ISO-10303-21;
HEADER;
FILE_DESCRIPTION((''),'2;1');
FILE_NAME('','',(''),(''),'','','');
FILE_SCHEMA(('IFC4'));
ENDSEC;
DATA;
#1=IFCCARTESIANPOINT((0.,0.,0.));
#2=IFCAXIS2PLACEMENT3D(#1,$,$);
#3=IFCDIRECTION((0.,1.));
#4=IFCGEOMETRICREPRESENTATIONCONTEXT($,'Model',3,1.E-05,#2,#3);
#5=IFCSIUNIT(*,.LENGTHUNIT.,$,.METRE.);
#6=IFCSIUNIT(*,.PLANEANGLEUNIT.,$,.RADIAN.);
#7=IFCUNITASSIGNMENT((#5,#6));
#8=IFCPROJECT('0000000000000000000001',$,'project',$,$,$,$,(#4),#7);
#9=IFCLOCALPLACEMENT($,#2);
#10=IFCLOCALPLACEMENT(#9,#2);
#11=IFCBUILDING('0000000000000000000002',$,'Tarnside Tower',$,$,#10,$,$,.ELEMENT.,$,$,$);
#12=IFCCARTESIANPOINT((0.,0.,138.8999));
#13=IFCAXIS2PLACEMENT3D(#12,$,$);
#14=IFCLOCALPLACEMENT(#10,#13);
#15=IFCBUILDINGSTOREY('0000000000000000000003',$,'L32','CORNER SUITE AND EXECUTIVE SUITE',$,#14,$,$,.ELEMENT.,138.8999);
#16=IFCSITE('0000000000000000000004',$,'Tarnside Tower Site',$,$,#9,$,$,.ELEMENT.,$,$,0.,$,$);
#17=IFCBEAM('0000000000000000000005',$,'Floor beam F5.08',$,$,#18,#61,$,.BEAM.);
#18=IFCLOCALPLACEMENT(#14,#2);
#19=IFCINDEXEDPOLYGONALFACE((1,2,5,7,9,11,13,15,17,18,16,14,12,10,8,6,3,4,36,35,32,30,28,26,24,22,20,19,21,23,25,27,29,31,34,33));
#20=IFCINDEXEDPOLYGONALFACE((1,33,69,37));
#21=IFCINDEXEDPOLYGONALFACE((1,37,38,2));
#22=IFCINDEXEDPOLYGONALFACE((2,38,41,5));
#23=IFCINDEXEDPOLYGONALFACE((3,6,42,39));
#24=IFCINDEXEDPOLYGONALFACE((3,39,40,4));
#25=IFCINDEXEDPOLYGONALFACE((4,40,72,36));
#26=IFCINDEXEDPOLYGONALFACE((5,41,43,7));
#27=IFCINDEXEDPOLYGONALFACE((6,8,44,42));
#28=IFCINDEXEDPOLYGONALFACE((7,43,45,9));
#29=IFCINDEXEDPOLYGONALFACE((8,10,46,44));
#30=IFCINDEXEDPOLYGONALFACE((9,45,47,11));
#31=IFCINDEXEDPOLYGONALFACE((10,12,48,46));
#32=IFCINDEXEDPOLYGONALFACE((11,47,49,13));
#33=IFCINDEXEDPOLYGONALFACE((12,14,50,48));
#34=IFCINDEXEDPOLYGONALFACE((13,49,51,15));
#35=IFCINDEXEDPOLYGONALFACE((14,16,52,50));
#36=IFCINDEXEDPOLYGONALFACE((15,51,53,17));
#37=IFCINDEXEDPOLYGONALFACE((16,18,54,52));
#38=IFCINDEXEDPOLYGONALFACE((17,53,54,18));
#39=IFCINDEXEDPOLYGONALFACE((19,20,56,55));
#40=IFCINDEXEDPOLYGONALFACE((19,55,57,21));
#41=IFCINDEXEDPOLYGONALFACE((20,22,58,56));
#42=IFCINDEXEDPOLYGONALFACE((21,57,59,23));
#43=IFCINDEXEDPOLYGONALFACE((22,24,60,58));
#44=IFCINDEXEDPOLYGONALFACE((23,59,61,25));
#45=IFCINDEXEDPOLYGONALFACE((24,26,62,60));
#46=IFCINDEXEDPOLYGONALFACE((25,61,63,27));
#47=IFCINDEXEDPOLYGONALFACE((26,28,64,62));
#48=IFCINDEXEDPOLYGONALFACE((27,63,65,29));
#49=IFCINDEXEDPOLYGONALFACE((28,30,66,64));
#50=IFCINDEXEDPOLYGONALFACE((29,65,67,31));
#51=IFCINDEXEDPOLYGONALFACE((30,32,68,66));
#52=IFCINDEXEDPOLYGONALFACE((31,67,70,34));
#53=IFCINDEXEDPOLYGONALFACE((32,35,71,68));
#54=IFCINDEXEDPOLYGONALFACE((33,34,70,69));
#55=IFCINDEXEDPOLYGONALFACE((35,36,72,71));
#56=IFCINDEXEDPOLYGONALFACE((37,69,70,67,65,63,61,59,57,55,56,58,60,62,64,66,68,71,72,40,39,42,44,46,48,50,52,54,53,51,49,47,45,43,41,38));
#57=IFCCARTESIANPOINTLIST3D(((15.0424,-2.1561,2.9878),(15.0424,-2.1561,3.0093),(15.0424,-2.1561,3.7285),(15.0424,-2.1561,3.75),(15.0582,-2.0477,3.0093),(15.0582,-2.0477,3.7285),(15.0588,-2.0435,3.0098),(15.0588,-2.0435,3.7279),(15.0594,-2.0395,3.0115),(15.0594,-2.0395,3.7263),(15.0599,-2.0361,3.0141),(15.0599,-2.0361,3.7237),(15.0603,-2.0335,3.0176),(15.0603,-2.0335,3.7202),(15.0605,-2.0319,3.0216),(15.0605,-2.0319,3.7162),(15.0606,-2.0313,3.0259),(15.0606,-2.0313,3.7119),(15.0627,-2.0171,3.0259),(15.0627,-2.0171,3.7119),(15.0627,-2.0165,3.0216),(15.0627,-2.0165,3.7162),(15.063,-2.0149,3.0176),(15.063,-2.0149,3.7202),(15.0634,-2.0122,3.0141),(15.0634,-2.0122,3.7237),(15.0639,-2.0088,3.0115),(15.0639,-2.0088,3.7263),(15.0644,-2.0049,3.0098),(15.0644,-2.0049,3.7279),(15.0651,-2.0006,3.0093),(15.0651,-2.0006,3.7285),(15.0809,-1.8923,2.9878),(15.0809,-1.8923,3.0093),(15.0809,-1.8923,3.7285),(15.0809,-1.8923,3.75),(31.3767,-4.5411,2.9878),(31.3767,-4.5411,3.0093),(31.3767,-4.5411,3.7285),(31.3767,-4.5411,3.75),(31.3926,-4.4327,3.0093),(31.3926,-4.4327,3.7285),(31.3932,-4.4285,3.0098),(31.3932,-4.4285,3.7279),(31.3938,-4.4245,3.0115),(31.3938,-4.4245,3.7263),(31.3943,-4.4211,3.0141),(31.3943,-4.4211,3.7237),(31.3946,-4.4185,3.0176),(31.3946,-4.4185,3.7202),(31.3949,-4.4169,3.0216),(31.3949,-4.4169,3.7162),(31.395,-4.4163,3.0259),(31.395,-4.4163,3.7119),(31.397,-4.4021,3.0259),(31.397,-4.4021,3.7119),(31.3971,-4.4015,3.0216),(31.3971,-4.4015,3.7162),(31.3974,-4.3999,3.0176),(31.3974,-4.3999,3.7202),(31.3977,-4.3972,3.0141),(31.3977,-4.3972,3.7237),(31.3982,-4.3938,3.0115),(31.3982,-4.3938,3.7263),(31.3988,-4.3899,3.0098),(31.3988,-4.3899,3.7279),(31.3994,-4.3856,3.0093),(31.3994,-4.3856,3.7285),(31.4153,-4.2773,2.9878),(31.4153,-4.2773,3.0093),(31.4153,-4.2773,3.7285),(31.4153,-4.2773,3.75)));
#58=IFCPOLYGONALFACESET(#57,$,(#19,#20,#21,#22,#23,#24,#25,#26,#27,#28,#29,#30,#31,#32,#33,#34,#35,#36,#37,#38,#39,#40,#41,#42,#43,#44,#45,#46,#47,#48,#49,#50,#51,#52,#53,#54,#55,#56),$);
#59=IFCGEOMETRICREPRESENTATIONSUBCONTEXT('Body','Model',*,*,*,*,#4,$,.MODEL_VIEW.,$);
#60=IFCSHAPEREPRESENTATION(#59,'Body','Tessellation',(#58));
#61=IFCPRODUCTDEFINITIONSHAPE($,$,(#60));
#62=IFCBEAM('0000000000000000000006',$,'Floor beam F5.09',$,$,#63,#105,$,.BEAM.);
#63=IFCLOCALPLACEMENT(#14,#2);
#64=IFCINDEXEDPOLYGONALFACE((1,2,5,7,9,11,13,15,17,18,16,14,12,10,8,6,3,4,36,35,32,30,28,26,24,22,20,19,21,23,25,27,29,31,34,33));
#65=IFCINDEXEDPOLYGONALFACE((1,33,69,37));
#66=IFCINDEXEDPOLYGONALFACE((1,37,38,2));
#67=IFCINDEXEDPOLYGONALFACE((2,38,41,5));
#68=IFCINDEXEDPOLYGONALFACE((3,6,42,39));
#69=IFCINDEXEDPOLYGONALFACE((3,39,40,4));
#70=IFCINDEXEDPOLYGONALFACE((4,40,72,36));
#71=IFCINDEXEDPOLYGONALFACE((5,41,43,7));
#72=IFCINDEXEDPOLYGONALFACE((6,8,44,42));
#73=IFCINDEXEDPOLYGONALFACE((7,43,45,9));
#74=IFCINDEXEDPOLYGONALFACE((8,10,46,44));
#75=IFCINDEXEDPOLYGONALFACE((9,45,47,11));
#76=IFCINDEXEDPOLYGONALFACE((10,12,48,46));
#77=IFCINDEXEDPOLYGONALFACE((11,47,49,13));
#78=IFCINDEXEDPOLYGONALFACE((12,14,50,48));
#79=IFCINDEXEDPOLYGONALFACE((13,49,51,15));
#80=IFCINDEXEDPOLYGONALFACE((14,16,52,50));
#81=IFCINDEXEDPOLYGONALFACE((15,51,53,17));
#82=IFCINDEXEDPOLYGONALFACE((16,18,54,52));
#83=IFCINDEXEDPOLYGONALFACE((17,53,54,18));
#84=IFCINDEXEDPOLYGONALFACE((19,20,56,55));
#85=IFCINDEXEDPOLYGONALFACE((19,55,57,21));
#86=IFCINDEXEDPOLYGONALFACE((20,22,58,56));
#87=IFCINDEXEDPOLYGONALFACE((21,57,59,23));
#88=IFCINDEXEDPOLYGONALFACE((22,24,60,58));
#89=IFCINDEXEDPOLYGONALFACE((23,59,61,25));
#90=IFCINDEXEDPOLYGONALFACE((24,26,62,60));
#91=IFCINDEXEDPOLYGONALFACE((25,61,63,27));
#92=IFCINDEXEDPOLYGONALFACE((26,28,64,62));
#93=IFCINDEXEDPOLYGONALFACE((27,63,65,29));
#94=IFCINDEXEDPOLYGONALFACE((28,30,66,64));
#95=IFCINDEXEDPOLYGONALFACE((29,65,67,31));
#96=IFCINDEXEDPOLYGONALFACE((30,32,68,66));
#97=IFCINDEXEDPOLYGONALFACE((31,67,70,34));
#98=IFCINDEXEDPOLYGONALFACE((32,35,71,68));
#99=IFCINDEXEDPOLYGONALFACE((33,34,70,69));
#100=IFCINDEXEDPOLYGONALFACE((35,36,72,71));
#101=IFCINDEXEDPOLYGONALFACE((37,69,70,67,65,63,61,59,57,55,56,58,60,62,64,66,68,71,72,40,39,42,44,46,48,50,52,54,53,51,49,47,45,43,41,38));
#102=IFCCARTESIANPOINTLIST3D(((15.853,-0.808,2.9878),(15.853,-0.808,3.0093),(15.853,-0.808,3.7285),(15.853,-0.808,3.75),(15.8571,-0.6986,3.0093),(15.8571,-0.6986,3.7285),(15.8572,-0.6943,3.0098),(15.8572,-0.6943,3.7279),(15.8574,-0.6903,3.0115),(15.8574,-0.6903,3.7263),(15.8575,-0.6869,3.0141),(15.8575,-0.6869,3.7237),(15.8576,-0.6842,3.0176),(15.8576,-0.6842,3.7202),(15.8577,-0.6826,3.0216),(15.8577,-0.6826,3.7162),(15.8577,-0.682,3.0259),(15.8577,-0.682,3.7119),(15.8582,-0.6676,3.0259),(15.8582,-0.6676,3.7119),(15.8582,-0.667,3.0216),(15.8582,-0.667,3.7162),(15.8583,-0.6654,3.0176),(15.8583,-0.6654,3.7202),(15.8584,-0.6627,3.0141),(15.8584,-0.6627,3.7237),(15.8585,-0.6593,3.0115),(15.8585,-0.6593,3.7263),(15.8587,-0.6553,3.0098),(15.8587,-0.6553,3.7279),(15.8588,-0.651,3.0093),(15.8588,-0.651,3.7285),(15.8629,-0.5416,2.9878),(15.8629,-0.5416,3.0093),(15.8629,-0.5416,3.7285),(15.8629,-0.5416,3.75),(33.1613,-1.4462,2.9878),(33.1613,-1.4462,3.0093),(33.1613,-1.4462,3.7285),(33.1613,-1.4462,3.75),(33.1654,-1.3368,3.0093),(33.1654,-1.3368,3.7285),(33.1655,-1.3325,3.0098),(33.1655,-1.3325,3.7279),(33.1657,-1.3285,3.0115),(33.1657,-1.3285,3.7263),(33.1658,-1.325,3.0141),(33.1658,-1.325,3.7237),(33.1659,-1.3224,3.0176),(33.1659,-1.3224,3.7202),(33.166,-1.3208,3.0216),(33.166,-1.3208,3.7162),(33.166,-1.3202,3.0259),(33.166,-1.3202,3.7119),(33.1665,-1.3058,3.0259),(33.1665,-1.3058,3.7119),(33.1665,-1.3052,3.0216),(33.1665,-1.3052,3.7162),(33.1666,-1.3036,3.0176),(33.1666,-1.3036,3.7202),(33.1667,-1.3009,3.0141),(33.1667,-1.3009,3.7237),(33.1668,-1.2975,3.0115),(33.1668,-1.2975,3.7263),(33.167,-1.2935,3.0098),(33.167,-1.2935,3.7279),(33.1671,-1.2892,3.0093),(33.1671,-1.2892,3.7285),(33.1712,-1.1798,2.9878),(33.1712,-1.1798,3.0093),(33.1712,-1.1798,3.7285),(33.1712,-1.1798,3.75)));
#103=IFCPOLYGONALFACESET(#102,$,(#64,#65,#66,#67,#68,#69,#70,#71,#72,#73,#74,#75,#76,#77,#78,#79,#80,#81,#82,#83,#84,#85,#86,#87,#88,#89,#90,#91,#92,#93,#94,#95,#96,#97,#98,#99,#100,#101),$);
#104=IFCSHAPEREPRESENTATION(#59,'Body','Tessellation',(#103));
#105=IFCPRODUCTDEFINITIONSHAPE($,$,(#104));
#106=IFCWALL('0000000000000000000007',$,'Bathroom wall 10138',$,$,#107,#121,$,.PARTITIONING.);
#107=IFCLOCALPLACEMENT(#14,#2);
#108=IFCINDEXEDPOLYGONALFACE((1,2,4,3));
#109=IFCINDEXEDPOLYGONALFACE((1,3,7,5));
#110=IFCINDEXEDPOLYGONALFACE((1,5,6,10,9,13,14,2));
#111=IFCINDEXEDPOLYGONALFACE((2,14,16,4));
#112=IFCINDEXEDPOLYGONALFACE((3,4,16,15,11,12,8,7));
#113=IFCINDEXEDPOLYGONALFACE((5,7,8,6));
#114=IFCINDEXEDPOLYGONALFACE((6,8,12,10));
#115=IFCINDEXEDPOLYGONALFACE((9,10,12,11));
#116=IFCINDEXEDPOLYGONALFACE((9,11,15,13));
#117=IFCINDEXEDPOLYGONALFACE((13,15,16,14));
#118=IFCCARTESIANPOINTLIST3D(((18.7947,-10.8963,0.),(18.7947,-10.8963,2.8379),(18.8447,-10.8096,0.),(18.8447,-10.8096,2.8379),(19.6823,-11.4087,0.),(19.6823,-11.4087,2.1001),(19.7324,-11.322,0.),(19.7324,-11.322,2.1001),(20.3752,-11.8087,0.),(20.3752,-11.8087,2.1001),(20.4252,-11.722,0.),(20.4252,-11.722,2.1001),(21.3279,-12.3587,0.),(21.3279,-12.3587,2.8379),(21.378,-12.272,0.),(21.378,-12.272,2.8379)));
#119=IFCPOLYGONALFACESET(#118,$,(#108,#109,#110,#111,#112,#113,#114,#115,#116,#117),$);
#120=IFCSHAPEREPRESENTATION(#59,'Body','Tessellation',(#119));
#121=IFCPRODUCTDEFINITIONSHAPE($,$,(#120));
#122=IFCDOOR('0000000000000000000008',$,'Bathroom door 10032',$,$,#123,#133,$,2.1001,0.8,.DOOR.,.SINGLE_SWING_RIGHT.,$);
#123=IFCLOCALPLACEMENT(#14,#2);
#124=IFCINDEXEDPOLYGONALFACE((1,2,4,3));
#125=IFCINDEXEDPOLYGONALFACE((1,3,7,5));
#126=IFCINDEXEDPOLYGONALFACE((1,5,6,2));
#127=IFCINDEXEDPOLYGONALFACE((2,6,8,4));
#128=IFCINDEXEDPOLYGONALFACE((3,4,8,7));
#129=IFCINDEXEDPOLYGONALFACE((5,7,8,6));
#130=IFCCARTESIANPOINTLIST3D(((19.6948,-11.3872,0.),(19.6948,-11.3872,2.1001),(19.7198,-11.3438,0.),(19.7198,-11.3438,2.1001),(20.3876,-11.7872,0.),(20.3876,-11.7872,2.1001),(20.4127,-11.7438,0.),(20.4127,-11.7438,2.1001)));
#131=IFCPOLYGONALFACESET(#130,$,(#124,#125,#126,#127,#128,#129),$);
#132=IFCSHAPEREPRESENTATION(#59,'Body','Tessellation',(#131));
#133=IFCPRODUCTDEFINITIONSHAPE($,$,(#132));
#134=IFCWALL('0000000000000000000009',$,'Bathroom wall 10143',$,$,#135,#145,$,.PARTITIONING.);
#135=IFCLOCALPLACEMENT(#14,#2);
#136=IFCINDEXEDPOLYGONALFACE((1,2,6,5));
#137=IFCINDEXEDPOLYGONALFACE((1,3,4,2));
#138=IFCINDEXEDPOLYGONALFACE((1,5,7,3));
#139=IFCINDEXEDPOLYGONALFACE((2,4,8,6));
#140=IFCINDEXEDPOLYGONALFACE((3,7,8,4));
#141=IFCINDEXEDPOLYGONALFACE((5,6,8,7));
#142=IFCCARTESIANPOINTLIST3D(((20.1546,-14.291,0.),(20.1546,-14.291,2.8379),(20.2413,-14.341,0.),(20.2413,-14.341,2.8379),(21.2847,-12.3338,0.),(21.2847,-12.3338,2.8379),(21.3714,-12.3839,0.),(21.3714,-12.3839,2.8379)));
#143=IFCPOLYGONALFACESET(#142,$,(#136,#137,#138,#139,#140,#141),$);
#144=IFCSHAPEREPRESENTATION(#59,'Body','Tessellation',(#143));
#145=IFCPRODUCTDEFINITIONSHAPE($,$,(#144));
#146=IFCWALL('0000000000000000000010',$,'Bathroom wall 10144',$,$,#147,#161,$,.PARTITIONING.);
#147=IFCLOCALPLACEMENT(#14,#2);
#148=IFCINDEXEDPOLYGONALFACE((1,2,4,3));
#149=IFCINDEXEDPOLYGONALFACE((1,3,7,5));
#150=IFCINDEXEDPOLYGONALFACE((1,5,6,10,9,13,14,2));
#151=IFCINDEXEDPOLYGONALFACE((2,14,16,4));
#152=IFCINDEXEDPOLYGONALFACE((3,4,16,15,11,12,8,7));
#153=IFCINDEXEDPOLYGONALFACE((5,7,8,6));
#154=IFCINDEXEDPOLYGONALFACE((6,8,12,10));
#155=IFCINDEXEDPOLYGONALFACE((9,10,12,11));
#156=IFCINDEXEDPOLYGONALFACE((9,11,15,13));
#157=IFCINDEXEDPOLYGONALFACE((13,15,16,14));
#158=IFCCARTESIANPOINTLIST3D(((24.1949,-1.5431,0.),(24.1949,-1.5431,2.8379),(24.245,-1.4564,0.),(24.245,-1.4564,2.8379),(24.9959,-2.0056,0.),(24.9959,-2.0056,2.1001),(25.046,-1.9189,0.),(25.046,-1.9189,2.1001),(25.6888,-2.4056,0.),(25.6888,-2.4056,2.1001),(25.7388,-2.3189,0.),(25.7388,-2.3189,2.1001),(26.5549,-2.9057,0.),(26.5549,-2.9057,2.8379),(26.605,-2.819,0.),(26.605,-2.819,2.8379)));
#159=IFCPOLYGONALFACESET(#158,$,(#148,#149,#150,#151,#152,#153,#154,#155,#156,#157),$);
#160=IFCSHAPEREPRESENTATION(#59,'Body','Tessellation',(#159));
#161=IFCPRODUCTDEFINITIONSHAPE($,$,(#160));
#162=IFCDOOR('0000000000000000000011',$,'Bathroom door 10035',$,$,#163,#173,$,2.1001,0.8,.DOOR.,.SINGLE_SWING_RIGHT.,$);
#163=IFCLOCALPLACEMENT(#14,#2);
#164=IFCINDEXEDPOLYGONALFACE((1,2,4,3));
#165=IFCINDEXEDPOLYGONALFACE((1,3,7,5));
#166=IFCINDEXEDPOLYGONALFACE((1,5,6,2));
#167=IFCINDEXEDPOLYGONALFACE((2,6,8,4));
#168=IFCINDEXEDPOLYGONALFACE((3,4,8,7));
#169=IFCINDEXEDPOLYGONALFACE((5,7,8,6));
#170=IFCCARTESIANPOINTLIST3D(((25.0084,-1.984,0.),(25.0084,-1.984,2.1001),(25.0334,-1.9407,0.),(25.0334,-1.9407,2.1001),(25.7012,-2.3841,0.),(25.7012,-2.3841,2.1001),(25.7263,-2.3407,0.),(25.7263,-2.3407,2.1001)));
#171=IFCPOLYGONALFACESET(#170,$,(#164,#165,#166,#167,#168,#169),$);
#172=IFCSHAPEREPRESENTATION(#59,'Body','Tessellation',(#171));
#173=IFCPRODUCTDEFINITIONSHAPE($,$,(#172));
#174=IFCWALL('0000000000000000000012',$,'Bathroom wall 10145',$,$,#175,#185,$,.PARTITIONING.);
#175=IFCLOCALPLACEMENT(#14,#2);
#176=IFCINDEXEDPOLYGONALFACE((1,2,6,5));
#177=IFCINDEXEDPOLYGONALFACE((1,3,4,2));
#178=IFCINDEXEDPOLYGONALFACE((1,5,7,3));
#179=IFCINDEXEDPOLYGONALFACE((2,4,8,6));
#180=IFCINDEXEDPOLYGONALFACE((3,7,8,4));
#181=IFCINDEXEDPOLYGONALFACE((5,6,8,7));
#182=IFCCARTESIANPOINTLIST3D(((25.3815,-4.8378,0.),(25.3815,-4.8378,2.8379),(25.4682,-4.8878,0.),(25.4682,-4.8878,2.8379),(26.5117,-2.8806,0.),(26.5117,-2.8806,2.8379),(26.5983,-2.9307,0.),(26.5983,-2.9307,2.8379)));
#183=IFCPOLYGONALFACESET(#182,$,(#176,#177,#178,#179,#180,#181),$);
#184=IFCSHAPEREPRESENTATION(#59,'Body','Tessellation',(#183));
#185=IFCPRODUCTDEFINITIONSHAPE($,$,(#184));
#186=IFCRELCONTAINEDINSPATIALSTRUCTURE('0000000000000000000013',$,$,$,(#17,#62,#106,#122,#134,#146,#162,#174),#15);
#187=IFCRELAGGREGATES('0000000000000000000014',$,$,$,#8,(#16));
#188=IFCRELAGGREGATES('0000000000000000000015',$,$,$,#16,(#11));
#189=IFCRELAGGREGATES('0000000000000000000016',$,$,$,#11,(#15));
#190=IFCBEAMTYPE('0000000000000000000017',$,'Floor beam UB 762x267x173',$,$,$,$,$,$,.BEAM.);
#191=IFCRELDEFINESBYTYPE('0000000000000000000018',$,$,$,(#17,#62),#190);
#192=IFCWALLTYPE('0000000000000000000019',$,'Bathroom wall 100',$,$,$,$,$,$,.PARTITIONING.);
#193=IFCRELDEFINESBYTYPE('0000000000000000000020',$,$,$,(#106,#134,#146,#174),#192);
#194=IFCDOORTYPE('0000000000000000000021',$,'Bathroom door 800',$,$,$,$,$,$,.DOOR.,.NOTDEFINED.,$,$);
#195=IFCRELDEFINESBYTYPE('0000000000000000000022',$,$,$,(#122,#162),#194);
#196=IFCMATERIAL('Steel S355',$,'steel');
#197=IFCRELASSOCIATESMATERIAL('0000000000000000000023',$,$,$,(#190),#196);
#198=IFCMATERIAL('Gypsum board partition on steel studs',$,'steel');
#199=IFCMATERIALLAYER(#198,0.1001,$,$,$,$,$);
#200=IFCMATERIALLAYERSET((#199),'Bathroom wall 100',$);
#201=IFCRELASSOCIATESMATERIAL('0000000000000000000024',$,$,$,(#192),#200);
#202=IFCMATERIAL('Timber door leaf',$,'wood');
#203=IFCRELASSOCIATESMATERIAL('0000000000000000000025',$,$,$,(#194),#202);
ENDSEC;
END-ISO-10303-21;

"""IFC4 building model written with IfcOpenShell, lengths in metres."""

from ifc_helpers import new_model, si_unit, direction, frame, frame_2d, origin, origin_2d, place, context, subcontext, project, spatial, rectangle, i_section, extrude, material, layer, layer_set, material_profile, profile_set, type_object, element, fill, save


model = new_model("IFC4")

# Units and contexts
model_context = context("Model", 3, precision=1e-05, world=origin(), true_north=direction((0.0, 1.0)))
body_context = subcontext(model_context, "Body", "Model", "MODEL_VIEW")
ifc_project = project(units=[si_unit("LENGTHUNIT", "METRE"), si_unit("PLANEANGLEUNIT", "RADIAN")], contexts=[model_context])

# Site, building, storey
site_placement = place(None, origin())
site = spatial("IfcSite", under=ifc_project, at=site_placement, Name="Tarnside Tower Site", CompositionType="ELEMENT", RefElevation=0.0)
building_placement = place(site_placement, origin())
building = spatial("IfcBuilding", under=site, at=building_placement, Name="Tarnside Tower", CompositionType="ELEMENT")
storey_placement = place(building_placement, frame((0.0, 0.0, 138.8999)))
storey = spatial("IfcBuildingStorey", under=building, at=storey_placement, Name="L32", Description="CORNER SUITE AND EXECUTIVE SUITE", CompositionType="ELEMENT", Elevation=138.8999)

# Beams
ifc_material_1 = material(Name="Steel S355", Category="steel")
ifc_material_profile_1 = material_profile(ifc_material_1, i_section(OverallWidth=0.2666, OverallDepth=0.7622, WebThickness=0.0144, FlangeThickness=0.0215, FilletRadius=0.0166, at=origin_2d()), Name="UB 762x267x173")
ifc_profile_set_1 = profile_set([ifc_material_profile_1], Name="Steel S355")
beam_type_1 = type_object("IfcBeamType", Name="Floor beam UB 762x267x173", PredefinedType="BEAM", material=ifc_profile_set_1)
beam_1_placement = place(storey_placement, frame((31.396, -4.4092, 3.3689), z_axis=(-0.989508, 0.144479, 0.0), x_axis=(-0.144479, -0.989508, 0.0)))
element("IfcBeam", 1, at=beam_1_placement, inside=storey, type_object=beam_type_1, Name="Floor beam F5.08", PredefinedType="BEAM", context=body_context, shape_type="SweptSolid", body=[
    extrude(i_section(OverallWidth=0.2666, OverallDepth=0.7622, WebThickness=0.0144, FlangeThickness=0.0215, FilletRadius=0.0166, at=origin_2d()), origin(), (0.0, 0.0, 1.0), 16.5076),
])
beam_2_placement = place(storey_placement, frame((33.1663, -1.313, 3.3689), z_axis=(-0.999321, 0.036846, 0.0), x_axis=(-0.036846, -0.999321, 0.0)))
element("IfcBeam", 2, at=beam_2_placement, inside=storey, type_object=beam_type_1, Name="Floor beam F5.09", PredefinedType="BEAM", context=body_context, shape_type="SweptSolid", body=[
    extrude(i_section(OverallWidth=0.2666, OverallDepth=0.7622, WebThickness=0.0144, FlangeThickness=0.0215, FilletRadius=0.0166, at=origin_2d()), origin(), (0.0, 0.0, 1.0), 17.3201),
])

# Wall, opening, door
ifc_material_2 = material(Name="Gypsum board partition on steel studs", Category="steel")
ifc_layer_1 = layer(ifc_material_2, 0.1001)
ifc_layer_set_1 = layer_set([ifc_layer_1], Name="Bathroom wall 100")
wall_type_1 = type_object("IfcWallType", Name="Bathroom wall 100", PredefinedType="PARTITIONING", material=ifc_layer_set_1)
wall_1_placement = place(storey_placement, frame((18.8198, -10.853, 0.0), z_axis=(0.0, 0.0, 1.0), x_axis=(0.866047, -0.499963, 0.0)))
wall_1 = element("IfcWall", 3, at=wall_1_placement, inside=storey, type_object=wall_type_1, Name="Bathroom wall 10138", PredefinedType="PARTITIONING", context=body_context, shape_type="SweptSolid", body=[
    extrude(rectangle(XDim=2.925, YDim=0.1001, at=frame_2d((1.4624, 0.0))), origin(), (0.0, 0.0, 1.0), 2.8379),
])
opening_1_placement = place(wall_1_placement, frame((1.0249, 0.0, 0.0)))
opening_1 = element("IfcOpeningElement", 4, at=opening_1_placement, cuts=wall_1, PredefinedType="OPENING", context=body_context, shape_type="SweptSolid", body=[
    extrude(rectangle(XDim=0.8, YDim=2.1001, at=frame_2d((0.3999, 1.05))), frame((0.0, 0.0601, 0.0), z_axis=(0.0, -1.0, 0.0), x_axis=(1.0, 0.0, 0.0)), (0.0, 0.0, 1.0), 0.1201),
])
ifc_material_3 = material(Name="Timber door leaf", Category="wood")
door_type_1 = type_object("IfcDoorType", Name="Bathroom door 800", OperationType="NOTDEFINED", PredefinedType="DOOR", material=ifc_material_3)
door_1_placement = place(opening_1_placement, origin())
door_1 = element("IfcDoor", 5, at=door_1_placement, inside=storey, type_object=door_type_1, Name="Bathroom door 10032", OperationType="SINGLE_SWING_RIGHT", OverallHeight=2.1001, OverallWidth=0.8, PredefinedType="DOOR", context=body_context, shape_type="SweptSolid", body=[
    extrude(rectangle(XDim=0.8, YDim=2.1001, at=frame_2d((0.3999, 1.05))), frame((0.0, 0.0249, 0.0), z_axis=(0.0, -1.0, 0.0), x_axis=(1.0, 0.0, 0.0)), (0.0, 0.0, 1.0), 0.05),
])
fill(opening_1, door_1)

# Wall
wall_2_placement = place(storey_placement, frame((20.198, -14.3159, 0.0), z_axis=(0.0, 0.0, 1.0), x_axis=(0.500031, 0.866007, 0.0)))
element("IfcWall", 6, at=wall_2_placement, inside=storey, type_object=wall_type_1, Name="Bathroom wall 10143", PredefinedType="PARTITIONING", context=body_context, shape_type="SweptSolid", body=[
    extrude(rectangle(XDim=2.26, YDim=0.1001, at=frame_2d((1.1299, 0.0))), origin(), (0.0, 0.0, 1.0), 2.8379),
])

# Wall, opening, door
wall_3_placement = place(storey_placement, frame((24.22, -1.4998, 0.0), z_axis=(0.0, 0.0, 1.0), x_axis=(0.866013, -0.500022, 0.0)))
wall_3 = element("IfcWall", 7, at=wall_3_placement, inside=storey, type_object=wall_type_1, Name="Bathroom wall 10144", PredefinedType="PARTITIONING", context=body_context, shape_type="SweptSolid", body=[
    extrude(rectangle(XDim=2.7251, YDim=0.1001, at=frame_2d((1.3625, 0.0))), origin(), (0.0, 0.0, 1.0), 2.8379),
])
opening_2_placement = place(wall_3_placement, frame((0.925, 0.0, 0.0)))
opening_2 = element("IfcOpeningElement", 8, at=opening_2_placement, cuts=wall_3, PredefinedType="OPENING", context=body_context, shape_type="SweptSolid", body=[
    extrude(rectangle(XDim=0.8, YDim=2.1001, at=frame_2d((0.3999, 1.05))), frame((0.0, 0.0601, 0.0), z_axis=(0.0, -1.0, 0.0), x_axis=(1.0, 0.0, 0.0)), (0.0, 0.0, 1.0), 0.1201),
])
door_2_placement = place(opening_2_placement, origin())
door_2 = element("IfcDoor", 9, at=door_2_placement, inside=storey, type_object=door_type_1, Name="Bathroom door 10035", OperationType="SINGLE_SWING_RIGHT", OverallHeight=2.1001, OverallWidth=0.8, PredefinedType="DOOR", context=body_context, shape_type="SweptSolid", body=[
    extrude(rectangle(XDim=0.8, YDim=2.1001, at=frame_2d((0.3999, 1.05))), frame((0.0, 0.0249, 0.0), z_axis=(0.0, -1.0, 0.0), x_axis=(1.0, 0.0, 0.0)), (0.0, 0.0, 1.0), 0.05),
])
fill(opening_2, door_2)

# Wall
wall_4_placement = place(storey_placement, frame((26.5549, -2.9058, 0.0), z_axis=(0.0, 0.0, 1.0), x_axis=(-0.500078, -0.86598, 0.0)))
element("IfcWall", 10, at=wall_4_placement, inside=storey, type_object=wall_type_1, Name="Bathroom wall 10145", PredefinedType="PARTITIONING", context=body_context, shape_type="SweptSolid", body=[
    extrude(rectangle(XDim=2.26, YDim=0.1001, at=frame_2d((1.1299, 0.0))), origin(), (0.0, 0.0, 1.0), 2.8379),
])

save(model, "model.ifc")
